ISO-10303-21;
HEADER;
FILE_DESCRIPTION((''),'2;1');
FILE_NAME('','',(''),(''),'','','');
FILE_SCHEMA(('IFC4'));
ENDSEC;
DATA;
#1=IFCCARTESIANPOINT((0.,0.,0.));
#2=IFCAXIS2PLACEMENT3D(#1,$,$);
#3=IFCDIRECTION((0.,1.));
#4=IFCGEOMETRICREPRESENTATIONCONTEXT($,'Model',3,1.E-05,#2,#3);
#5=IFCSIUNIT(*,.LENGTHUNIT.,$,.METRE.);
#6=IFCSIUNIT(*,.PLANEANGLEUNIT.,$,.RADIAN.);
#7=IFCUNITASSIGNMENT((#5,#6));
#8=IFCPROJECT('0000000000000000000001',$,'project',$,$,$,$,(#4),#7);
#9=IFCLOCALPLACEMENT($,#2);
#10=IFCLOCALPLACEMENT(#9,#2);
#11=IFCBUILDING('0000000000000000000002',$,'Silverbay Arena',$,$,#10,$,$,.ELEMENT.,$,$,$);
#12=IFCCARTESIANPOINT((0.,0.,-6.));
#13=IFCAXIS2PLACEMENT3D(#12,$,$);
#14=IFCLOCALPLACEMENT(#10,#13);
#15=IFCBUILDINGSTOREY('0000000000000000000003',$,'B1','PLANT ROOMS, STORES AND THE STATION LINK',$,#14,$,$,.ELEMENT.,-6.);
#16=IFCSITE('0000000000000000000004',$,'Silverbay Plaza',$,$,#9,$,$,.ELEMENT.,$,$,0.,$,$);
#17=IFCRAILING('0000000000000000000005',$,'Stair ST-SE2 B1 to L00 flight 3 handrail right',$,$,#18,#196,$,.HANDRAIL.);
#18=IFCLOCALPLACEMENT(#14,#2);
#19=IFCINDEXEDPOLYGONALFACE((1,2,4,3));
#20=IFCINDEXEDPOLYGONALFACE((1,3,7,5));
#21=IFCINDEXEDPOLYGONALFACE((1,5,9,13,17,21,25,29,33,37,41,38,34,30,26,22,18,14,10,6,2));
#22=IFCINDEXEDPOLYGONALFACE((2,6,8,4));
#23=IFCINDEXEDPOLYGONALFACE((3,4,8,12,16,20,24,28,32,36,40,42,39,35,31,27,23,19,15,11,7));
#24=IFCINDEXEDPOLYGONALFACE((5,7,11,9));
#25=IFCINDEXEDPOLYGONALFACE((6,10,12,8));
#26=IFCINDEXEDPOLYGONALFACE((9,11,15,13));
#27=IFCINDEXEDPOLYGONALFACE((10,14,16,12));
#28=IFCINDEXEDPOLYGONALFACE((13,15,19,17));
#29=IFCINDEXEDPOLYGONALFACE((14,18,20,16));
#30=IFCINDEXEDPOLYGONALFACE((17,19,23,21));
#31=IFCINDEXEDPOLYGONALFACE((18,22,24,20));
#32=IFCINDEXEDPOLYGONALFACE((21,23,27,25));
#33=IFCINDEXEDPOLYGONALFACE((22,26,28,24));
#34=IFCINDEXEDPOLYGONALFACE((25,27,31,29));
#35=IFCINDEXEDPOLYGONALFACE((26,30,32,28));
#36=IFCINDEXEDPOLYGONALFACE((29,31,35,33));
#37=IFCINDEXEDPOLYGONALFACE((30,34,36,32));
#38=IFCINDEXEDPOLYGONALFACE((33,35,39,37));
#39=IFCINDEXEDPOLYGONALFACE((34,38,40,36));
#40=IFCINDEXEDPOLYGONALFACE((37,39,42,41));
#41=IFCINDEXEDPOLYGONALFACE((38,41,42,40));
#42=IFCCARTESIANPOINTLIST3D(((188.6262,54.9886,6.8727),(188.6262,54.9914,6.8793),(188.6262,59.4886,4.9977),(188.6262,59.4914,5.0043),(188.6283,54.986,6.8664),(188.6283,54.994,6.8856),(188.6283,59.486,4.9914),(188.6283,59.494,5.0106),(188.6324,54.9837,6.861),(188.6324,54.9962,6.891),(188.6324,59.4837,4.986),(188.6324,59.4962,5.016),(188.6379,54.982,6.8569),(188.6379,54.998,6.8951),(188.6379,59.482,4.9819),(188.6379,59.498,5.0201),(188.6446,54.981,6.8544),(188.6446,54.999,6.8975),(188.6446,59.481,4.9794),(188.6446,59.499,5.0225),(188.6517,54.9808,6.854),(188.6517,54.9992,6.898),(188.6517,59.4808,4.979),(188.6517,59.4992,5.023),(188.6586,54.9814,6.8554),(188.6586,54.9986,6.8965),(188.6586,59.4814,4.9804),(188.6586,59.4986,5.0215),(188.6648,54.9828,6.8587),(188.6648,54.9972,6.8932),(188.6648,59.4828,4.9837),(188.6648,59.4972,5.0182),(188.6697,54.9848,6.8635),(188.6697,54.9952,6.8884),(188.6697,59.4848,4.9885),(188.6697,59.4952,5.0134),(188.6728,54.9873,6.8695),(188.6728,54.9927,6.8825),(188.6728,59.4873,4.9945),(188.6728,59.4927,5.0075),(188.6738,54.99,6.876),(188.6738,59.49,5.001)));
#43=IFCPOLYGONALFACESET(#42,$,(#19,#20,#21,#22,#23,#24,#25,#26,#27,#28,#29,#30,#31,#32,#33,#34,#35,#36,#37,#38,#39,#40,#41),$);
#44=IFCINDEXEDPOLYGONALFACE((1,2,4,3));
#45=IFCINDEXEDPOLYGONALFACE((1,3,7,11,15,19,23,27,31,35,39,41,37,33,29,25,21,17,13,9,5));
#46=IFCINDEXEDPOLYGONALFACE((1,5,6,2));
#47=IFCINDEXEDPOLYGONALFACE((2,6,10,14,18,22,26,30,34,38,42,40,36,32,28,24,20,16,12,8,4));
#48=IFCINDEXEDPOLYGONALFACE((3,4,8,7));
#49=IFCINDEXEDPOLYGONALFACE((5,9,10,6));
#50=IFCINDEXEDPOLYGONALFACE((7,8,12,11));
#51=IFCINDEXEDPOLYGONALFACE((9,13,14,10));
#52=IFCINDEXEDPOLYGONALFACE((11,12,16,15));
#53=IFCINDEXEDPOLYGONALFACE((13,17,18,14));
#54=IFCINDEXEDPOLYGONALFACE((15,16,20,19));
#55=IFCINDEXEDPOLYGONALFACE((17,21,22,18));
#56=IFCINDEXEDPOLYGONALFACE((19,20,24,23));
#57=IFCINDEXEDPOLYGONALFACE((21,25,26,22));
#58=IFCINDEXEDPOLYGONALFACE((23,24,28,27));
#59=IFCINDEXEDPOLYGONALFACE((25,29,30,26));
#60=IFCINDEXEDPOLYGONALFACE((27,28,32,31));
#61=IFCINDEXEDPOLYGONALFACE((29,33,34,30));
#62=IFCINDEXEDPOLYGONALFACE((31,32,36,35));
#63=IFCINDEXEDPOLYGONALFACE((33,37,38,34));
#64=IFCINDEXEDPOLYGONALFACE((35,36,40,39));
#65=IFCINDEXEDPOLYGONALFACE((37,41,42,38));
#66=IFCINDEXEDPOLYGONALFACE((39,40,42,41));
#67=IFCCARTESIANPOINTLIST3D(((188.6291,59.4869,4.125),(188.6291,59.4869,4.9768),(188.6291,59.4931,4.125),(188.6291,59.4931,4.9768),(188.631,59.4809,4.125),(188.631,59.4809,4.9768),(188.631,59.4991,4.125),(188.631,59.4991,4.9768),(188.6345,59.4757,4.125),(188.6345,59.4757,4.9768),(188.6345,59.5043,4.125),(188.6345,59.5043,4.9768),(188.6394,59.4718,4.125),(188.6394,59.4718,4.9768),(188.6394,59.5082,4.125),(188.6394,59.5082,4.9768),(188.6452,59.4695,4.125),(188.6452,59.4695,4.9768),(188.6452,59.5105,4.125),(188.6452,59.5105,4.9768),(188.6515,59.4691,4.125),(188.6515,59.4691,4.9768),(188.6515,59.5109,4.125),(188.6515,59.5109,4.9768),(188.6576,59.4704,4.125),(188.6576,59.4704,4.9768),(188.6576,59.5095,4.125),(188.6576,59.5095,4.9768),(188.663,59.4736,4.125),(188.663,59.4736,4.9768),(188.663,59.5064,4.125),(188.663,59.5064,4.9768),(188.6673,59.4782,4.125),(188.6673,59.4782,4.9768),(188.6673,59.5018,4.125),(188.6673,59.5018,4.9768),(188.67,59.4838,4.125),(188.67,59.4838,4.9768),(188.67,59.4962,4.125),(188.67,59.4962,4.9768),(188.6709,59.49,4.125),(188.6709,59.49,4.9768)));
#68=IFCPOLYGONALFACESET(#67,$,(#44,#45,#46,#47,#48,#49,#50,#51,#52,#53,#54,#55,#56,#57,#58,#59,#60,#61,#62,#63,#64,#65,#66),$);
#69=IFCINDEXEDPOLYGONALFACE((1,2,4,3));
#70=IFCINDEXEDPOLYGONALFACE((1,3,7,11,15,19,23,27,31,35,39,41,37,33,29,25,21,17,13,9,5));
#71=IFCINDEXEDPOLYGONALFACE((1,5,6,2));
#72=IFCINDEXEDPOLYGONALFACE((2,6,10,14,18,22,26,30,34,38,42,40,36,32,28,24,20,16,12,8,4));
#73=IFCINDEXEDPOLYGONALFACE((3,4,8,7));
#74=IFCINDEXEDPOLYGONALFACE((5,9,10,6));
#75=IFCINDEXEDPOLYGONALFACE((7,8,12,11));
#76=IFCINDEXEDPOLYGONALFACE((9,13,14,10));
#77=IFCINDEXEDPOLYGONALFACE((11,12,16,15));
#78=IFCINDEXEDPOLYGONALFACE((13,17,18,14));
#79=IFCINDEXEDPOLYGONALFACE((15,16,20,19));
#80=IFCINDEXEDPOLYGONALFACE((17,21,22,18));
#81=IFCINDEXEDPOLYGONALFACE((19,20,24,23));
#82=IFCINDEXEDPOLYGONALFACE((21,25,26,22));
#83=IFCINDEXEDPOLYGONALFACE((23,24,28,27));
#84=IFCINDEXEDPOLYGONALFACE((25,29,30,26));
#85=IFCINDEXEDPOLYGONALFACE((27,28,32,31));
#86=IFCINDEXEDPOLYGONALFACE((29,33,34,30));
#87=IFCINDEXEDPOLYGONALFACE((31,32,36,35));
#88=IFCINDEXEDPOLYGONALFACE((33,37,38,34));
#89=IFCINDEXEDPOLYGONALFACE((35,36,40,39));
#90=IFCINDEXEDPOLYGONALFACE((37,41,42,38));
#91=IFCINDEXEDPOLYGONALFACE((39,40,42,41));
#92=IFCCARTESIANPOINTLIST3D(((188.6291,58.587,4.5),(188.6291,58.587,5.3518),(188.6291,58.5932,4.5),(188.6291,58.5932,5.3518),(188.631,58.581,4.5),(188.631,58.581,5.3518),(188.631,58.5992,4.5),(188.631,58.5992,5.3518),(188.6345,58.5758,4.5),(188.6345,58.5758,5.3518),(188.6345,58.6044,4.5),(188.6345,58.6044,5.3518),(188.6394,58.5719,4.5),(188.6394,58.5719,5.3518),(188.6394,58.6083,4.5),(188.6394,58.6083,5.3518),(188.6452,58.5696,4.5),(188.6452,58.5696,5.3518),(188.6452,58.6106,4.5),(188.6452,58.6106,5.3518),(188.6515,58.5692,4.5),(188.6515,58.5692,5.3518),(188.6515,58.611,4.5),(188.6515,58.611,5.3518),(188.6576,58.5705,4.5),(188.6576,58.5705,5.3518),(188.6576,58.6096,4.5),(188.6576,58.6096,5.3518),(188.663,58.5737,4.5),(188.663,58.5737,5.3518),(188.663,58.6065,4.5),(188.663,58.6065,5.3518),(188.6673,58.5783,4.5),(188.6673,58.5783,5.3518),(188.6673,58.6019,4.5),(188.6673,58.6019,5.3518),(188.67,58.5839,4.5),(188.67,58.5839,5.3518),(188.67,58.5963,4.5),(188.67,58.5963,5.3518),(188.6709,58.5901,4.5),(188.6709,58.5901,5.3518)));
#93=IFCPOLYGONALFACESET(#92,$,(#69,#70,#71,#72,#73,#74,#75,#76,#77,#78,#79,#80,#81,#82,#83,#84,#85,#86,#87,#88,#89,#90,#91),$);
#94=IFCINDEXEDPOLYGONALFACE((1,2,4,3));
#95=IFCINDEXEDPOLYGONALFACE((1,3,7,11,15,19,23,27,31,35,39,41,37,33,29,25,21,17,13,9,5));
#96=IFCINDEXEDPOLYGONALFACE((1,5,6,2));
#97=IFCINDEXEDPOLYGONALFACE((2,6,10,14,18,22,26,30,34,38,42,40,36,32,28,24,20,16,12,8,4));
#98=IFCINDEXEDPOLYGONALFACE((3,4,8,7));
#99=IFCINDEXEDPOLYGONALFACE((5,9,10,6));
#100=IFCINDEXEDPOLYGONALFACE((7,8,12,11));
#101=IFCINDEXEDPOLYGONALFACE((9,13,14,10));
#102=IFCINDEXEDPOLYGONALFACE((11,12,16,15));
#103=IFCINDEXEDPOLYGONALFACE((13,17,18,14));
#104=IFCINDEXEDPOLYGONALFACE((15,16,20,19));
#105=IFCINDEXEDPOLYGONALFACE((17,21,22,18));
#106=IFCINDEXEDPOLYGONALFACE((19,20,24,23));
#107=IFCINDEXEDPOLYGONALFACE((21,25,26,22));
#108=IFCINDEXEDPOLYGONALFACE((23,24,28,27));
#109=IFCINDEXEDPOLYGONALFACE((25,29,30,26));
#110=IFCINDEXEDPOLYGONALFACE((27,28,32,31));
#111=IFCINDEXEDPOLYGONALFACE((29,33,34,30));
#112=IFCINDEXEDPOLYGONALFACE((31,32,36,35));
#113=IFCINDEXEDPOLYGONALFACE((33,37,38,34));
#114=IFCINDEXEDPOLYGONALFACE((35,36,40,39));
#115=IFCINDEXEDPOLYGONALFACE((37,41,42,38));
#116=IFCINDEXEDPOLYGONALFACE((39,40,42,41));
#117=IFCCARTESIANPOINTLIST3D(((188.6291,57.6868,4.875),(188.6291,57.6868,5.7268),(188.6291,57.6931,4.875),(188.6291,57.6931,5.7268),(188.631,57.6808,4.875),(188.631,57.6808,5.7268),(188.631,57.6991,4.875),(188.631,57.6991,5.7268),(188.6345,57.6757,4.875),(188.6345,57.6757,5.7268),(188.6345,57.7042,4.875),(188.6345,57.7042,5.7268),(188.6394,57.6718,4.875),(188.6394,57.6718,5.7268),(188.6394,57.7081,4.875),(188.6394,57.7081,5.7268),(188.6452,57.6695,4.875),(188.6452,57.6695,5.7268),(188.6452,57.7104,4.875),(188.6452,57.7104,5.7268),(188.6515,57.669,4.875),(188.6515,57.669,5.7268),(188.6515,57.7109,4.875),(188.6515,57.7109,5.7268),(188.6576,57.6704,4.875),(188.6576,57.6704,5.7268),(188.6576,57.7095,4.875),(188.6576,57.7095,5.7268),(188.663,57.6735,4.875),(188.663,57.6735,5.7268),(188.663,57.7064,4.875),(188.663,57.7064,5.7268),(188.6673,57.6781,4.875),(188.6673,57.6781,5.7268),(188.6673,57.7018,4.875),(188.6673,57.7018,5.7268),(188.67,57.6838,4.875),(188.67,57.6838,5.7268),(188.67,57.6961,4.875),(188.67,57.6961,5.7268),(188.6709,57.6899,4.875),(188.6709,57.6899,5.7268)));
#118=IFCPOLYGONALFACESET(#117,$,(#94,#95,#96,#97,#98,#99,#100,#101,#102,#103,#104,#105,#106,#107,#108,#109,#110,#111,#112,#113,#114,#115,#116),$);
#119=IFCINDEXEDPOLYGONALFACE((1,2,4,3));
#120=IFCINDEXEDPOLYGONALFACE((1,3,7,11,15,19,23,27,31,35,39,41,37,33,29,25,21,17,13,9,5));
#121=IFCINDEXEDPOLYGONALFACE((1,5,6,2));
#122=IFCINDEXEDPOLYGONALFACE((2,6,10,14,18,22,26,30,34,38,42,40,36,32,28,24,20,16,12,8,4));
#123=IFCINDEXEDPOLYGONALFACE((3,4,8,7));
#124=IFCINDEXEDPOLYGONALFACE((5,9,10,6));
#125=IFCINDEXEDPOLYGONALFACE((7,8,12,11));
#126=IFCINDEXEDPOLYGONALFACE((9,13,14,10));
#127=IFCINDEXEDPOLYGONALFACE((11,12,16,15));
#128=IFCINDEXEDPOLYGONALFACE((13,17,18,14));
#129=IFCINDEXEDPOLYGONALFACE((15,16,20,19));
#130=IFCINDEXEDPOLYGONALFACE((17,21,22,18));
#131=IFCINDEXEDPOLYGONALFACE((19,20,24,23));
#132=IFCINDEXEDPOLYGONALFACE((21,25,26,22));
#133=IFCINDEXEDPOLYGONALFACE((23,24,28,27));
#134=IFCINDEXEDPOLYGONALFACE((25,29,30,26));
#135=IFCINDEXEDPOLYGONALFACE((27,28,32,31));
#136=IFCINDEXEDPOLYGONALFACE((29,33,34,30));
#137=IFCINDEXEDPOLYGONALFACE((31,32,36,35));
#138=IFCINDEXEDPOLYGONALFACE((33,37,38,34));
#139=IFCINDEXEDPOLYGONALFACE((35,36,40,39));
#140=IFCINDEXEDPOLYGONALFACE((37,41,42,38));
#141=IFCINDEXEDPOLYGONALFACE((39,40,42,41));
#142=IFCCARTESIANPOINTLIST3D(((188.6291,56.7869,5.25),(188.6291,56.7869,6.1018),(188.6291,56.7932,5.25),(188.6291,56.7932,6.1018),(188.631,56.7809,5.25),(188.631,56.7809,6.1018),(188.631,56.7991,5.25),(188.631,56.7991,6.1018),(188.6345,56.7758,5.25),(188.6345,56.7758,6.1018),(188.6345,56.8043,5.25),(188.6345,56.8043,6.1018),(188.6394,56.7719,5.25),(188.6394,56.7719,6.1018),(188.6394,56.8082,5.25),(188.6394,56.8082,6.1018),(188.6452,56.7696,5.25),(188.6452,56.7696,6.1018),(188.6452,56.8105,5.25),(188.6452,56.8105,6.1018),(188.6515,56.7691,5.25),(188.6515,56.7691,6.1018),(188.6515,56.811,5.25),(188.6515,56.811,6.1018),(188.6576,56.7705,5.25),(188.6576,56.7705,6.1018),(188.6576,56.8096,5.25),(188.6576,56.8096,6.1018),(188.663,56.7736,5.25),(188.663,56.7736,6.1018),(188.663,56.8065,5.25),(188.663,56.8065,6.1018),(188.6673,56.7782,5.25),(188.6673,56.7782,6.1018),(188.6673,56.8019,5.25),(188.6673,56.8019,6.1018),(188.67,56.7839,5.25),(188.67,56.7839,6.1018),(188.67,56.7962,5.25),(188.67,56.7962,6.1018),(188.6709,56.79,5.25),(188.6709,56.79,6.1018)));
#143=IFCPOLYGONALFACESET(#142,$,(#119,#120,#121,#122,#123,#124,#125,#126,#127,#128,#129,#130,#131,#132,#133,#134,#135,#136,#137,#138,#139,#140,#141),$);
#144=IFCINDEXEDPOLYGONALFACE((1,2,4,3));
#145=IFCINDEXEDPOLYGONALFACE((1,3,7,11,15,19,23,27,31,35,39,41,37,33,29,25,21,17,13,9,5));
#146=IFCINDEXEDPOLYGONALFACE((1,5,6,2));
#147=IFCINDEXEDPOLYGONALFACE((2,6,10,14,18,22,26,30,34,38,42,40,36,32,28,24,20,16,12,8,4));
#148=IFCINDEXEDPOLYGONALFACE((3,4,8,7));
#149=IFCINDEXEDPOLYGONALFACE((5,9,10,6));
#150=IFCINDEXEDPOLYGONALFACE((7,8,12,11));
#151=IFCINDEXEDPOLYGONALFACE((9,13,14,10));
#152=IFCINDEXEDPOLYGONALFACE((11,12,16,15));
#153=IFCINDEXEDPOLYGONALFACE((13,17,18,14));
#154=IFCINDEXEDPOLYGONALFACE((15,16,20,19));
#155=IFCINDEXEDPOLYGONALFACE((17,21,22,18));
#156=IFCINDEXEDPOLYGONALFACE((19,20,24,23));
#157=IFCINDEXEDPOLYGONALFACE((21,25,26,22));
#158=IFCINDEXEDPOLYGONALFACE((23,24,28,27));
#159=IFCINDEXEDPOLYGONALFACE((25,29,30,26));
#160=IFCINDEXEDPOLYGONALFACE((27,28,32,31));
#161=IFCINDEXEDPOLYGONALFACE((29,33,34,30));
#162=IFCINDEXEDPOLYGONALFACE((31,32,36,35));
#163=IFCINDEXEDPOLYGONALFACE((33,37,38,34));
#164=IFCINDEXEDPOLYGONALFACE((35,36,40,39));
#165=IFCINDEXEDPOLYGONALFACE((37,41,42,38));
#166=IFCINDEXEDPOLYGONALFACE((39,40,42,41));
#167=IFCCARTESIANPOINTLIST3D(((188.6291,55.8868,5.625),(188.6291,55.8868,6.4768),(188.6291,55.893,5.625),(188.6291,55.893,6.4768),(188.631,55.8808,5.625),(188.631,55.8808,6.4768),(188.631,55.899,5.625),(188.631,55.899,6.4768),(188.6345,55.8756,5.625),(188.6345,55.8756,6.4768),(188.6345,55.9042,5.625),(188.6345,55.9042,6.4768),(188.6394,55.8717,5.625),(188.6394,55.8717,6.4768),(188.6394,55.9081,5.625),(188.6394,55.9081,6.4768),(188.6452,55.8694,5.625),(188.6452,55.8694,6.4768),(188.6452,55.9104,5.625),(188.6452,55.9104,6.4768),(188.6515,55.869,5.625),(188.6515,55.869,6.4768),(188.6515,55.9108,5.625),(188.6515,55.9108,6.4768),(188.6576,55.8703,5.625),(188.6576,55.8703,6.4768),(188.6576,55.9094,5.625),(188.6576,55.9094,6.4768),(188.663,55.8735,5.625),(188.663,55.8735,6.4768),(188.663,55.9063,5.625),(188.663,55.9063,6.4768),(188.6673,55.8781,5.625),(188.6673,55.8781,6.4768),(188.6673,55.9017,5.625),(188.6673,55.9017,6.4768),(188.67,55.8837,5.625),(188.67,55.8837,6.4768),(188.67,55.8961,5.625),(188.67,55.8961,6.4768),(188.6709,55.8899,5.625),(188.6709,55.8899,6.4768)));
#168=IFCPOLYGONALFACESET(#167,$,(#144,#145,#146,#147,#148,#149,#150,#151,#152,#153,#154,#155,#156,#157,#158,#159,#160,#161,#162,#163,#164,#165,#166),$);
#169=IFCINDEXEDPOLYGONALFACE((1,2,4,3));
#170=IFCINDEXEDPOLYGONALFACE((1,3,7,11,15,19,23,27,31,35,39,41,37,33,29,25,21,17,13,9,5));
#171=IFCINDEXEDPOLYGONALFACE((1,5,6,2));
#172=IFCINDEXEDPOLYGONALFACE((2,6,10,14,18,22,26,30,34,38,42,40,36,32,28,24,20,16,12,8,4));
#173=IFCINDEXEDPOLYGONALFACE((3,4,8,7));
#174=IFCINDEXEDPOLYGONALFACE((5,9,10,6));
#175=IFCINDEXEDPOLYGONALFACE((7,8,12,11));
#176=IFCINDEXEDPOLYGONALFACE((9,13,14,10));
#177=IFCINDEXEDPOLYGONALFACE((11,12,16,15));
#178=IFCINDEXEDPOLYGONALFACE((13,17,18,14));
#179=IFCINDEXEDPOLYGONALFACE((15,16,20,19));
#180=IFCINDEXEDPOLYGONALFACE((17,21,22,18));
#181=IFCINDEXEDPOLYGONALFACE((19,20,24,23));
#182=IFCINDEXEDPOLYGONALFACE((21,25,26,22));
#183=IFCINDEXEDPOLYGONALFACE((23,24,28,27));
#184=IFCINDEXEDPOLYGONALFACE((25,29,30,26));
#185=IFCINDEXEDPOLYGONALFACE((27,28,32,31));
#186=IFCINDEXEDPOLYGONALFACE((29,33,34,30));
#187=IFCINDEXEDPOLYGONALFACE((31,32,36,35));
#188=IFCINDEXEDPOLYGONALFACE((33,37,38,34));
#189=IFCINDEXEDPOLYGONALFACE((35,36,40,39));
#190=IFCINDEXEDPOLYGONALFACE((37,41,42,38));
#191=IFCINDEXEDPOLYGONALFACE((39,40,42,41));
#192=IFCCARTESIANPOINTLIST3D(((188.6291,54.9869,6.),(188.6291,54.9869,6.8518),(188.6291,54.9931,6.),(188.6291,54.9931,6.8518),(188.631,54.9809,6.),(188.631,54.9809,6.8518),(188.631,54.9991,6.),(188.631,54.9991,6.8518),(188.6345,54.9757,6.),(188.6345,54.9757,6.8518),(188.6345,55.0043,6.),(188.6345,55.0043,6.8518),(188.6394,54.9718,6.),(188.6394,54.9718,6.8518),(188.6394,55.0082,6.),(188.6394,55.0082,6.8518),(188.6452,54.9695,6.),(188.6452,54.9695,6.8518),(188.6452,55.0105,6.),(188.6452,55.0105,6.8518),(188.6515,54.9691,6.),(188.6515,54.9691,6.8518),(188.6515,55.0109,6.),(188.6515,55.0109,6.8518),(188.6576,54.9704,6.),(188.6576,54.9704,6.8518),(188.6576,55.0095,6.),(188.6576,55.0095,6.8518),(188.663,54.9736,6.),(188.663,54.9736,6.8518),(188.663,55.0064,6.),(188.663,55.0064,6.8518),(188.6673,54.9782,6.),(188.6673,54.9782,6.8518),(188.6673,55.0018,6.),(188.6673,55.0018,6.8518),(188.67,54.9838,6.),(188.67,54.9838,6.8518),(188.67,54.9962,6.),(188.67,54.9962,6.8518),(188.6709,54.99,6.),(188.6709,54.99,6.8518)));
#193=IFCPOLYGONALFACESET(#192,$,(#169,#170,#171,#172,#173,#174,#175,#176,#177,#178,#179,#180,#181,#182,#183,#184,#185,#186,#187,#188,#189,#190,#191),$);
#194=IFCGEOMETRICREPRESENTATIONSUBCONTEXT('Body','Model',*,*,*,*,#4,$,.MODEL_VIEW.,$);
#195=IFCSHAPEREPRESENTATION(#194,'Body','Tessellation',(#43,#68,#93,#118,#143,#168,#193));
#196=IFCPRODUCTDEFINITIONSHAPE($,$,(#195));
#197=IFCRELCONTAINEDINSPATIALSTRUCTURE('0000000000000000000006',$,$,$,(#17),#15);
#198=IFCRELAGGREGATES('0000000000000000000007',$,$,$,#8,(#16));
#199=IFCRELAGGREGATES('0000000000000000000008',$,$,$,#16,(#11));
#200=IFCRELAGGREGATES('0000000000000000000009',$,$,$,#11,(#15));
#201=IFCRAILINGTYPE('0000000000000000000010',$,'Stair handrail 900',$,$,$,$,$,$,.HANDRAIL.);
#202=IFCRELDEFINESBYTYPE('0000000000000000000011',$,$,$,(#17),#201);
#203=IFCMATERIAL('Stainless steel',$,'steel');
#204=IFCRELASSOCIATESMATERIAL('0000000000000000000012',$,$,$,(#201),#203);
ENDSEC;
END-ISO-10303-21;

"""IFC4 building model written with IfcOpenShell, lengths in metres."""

from ifc_helpers import new_model, si_unit, direction, frame, origin, origin_2d, place, context, subcontext, project, spatial, circle, extrude, material, type_object, element, save


model = new_model("IFC4")

# Units and contexts
model_context = context("Model", 3, precision=1e-05, world=origin(), true_north=direction((0.0, 1.0)))
body_context = subcontext(model_context, "Body", "Model", "MODEL_VIEW")
ifc_project = project(units=[si_unit("LENGTHUNIT", "METRE"), si_unit("PLANEANGLEUNIT", "RADIAN")], contexts=[model_context])

# Site, building, storey
site_placement = place(None, origin())
site = spatial("IfcSite", under=ifc_project, at=site_placement, Name="Silverbay Plaza", CompositionType="ELEMENT", RefElevation=0.0)
building_placement = place(site_placement, origin())
building = spatial("IfcBuilding", under=site, at=building_placement, Name="Silverbay Arena", CompositionType="ELEMENT")
storey_placement = place(building_placement, frame((0.0, 0.0, -6.0)))
storey = spatial("IfcBuildingStorey", under=building, at=storey_placement, Name="B1", Description="PLANT ROOMS, STORES AND THE STATION LINK", CompositionType="ELEMENT", Elevation=-6.0)

# Railing
ifc_material_1 = material(Name="Stainless steel", Category="steel")
railing_type_1 = type_object("IfcRailingType", Name="Stair handrail 900", PredefinedType="HANDRAIL", material=ifc_material_1)
for number, where, name in (
    (1, (188.6499, 59.49, 4.125), "Stair ST-SE2 B1 to L00 flight 3 handrail right"),
):
    element("IfcRailing", number, at=place(storey_placement, frame(where)), inside=storey, type_object=railing_type_1, Name=name, PredefinedType="HANDRAIL", context=body_context, shape_type="SweptSolid", body=[
        extrude(circle(Radius=0.0239, at=origin_2d()), frame((0.0, 0.0, 0.876), z_axis=(0.0, -0.923077, 0.384615), x_axis=(1.0, 0.0, 0.0)), (0.0, 0.0, 1.0), 4.875),
        extrude(circle(Radius=0.021, at=origin_2d()), origin(), (0.0, 0.0, 1.0), 0.8518),
        extrude(circle(Radius=0.021, at=origin_2d()), frame((0.0, -0.8999, 0.375)), (0.0, 0.0, 1.0), 0.8518),
        extrude(circle(Radius=0.021, at=origin_2d()), frame((0.0, -1.8, 0.75)), (0.0, 0.0, 1.0), 0.8518),
        extrude(circle(Radius=0.021, at=origin_2d()), frame((0.0, -2.7, 1.125)), (0.0, 0.0, 1.0), 0.8518),
        extrude(circle(Radius=0.021, at=origin_2d()), frame((0.0, -3.6001, 1.5)), (0.0, 0.0, 1.0), 0.8518),
        extrude(circle(Radius=0.021, at=origin_2d()), frame((0.0, -4.5, 1.875)), (0.0, 0.0, 1.0), 0.8518),
    ])

save(model, "model.ifc")
